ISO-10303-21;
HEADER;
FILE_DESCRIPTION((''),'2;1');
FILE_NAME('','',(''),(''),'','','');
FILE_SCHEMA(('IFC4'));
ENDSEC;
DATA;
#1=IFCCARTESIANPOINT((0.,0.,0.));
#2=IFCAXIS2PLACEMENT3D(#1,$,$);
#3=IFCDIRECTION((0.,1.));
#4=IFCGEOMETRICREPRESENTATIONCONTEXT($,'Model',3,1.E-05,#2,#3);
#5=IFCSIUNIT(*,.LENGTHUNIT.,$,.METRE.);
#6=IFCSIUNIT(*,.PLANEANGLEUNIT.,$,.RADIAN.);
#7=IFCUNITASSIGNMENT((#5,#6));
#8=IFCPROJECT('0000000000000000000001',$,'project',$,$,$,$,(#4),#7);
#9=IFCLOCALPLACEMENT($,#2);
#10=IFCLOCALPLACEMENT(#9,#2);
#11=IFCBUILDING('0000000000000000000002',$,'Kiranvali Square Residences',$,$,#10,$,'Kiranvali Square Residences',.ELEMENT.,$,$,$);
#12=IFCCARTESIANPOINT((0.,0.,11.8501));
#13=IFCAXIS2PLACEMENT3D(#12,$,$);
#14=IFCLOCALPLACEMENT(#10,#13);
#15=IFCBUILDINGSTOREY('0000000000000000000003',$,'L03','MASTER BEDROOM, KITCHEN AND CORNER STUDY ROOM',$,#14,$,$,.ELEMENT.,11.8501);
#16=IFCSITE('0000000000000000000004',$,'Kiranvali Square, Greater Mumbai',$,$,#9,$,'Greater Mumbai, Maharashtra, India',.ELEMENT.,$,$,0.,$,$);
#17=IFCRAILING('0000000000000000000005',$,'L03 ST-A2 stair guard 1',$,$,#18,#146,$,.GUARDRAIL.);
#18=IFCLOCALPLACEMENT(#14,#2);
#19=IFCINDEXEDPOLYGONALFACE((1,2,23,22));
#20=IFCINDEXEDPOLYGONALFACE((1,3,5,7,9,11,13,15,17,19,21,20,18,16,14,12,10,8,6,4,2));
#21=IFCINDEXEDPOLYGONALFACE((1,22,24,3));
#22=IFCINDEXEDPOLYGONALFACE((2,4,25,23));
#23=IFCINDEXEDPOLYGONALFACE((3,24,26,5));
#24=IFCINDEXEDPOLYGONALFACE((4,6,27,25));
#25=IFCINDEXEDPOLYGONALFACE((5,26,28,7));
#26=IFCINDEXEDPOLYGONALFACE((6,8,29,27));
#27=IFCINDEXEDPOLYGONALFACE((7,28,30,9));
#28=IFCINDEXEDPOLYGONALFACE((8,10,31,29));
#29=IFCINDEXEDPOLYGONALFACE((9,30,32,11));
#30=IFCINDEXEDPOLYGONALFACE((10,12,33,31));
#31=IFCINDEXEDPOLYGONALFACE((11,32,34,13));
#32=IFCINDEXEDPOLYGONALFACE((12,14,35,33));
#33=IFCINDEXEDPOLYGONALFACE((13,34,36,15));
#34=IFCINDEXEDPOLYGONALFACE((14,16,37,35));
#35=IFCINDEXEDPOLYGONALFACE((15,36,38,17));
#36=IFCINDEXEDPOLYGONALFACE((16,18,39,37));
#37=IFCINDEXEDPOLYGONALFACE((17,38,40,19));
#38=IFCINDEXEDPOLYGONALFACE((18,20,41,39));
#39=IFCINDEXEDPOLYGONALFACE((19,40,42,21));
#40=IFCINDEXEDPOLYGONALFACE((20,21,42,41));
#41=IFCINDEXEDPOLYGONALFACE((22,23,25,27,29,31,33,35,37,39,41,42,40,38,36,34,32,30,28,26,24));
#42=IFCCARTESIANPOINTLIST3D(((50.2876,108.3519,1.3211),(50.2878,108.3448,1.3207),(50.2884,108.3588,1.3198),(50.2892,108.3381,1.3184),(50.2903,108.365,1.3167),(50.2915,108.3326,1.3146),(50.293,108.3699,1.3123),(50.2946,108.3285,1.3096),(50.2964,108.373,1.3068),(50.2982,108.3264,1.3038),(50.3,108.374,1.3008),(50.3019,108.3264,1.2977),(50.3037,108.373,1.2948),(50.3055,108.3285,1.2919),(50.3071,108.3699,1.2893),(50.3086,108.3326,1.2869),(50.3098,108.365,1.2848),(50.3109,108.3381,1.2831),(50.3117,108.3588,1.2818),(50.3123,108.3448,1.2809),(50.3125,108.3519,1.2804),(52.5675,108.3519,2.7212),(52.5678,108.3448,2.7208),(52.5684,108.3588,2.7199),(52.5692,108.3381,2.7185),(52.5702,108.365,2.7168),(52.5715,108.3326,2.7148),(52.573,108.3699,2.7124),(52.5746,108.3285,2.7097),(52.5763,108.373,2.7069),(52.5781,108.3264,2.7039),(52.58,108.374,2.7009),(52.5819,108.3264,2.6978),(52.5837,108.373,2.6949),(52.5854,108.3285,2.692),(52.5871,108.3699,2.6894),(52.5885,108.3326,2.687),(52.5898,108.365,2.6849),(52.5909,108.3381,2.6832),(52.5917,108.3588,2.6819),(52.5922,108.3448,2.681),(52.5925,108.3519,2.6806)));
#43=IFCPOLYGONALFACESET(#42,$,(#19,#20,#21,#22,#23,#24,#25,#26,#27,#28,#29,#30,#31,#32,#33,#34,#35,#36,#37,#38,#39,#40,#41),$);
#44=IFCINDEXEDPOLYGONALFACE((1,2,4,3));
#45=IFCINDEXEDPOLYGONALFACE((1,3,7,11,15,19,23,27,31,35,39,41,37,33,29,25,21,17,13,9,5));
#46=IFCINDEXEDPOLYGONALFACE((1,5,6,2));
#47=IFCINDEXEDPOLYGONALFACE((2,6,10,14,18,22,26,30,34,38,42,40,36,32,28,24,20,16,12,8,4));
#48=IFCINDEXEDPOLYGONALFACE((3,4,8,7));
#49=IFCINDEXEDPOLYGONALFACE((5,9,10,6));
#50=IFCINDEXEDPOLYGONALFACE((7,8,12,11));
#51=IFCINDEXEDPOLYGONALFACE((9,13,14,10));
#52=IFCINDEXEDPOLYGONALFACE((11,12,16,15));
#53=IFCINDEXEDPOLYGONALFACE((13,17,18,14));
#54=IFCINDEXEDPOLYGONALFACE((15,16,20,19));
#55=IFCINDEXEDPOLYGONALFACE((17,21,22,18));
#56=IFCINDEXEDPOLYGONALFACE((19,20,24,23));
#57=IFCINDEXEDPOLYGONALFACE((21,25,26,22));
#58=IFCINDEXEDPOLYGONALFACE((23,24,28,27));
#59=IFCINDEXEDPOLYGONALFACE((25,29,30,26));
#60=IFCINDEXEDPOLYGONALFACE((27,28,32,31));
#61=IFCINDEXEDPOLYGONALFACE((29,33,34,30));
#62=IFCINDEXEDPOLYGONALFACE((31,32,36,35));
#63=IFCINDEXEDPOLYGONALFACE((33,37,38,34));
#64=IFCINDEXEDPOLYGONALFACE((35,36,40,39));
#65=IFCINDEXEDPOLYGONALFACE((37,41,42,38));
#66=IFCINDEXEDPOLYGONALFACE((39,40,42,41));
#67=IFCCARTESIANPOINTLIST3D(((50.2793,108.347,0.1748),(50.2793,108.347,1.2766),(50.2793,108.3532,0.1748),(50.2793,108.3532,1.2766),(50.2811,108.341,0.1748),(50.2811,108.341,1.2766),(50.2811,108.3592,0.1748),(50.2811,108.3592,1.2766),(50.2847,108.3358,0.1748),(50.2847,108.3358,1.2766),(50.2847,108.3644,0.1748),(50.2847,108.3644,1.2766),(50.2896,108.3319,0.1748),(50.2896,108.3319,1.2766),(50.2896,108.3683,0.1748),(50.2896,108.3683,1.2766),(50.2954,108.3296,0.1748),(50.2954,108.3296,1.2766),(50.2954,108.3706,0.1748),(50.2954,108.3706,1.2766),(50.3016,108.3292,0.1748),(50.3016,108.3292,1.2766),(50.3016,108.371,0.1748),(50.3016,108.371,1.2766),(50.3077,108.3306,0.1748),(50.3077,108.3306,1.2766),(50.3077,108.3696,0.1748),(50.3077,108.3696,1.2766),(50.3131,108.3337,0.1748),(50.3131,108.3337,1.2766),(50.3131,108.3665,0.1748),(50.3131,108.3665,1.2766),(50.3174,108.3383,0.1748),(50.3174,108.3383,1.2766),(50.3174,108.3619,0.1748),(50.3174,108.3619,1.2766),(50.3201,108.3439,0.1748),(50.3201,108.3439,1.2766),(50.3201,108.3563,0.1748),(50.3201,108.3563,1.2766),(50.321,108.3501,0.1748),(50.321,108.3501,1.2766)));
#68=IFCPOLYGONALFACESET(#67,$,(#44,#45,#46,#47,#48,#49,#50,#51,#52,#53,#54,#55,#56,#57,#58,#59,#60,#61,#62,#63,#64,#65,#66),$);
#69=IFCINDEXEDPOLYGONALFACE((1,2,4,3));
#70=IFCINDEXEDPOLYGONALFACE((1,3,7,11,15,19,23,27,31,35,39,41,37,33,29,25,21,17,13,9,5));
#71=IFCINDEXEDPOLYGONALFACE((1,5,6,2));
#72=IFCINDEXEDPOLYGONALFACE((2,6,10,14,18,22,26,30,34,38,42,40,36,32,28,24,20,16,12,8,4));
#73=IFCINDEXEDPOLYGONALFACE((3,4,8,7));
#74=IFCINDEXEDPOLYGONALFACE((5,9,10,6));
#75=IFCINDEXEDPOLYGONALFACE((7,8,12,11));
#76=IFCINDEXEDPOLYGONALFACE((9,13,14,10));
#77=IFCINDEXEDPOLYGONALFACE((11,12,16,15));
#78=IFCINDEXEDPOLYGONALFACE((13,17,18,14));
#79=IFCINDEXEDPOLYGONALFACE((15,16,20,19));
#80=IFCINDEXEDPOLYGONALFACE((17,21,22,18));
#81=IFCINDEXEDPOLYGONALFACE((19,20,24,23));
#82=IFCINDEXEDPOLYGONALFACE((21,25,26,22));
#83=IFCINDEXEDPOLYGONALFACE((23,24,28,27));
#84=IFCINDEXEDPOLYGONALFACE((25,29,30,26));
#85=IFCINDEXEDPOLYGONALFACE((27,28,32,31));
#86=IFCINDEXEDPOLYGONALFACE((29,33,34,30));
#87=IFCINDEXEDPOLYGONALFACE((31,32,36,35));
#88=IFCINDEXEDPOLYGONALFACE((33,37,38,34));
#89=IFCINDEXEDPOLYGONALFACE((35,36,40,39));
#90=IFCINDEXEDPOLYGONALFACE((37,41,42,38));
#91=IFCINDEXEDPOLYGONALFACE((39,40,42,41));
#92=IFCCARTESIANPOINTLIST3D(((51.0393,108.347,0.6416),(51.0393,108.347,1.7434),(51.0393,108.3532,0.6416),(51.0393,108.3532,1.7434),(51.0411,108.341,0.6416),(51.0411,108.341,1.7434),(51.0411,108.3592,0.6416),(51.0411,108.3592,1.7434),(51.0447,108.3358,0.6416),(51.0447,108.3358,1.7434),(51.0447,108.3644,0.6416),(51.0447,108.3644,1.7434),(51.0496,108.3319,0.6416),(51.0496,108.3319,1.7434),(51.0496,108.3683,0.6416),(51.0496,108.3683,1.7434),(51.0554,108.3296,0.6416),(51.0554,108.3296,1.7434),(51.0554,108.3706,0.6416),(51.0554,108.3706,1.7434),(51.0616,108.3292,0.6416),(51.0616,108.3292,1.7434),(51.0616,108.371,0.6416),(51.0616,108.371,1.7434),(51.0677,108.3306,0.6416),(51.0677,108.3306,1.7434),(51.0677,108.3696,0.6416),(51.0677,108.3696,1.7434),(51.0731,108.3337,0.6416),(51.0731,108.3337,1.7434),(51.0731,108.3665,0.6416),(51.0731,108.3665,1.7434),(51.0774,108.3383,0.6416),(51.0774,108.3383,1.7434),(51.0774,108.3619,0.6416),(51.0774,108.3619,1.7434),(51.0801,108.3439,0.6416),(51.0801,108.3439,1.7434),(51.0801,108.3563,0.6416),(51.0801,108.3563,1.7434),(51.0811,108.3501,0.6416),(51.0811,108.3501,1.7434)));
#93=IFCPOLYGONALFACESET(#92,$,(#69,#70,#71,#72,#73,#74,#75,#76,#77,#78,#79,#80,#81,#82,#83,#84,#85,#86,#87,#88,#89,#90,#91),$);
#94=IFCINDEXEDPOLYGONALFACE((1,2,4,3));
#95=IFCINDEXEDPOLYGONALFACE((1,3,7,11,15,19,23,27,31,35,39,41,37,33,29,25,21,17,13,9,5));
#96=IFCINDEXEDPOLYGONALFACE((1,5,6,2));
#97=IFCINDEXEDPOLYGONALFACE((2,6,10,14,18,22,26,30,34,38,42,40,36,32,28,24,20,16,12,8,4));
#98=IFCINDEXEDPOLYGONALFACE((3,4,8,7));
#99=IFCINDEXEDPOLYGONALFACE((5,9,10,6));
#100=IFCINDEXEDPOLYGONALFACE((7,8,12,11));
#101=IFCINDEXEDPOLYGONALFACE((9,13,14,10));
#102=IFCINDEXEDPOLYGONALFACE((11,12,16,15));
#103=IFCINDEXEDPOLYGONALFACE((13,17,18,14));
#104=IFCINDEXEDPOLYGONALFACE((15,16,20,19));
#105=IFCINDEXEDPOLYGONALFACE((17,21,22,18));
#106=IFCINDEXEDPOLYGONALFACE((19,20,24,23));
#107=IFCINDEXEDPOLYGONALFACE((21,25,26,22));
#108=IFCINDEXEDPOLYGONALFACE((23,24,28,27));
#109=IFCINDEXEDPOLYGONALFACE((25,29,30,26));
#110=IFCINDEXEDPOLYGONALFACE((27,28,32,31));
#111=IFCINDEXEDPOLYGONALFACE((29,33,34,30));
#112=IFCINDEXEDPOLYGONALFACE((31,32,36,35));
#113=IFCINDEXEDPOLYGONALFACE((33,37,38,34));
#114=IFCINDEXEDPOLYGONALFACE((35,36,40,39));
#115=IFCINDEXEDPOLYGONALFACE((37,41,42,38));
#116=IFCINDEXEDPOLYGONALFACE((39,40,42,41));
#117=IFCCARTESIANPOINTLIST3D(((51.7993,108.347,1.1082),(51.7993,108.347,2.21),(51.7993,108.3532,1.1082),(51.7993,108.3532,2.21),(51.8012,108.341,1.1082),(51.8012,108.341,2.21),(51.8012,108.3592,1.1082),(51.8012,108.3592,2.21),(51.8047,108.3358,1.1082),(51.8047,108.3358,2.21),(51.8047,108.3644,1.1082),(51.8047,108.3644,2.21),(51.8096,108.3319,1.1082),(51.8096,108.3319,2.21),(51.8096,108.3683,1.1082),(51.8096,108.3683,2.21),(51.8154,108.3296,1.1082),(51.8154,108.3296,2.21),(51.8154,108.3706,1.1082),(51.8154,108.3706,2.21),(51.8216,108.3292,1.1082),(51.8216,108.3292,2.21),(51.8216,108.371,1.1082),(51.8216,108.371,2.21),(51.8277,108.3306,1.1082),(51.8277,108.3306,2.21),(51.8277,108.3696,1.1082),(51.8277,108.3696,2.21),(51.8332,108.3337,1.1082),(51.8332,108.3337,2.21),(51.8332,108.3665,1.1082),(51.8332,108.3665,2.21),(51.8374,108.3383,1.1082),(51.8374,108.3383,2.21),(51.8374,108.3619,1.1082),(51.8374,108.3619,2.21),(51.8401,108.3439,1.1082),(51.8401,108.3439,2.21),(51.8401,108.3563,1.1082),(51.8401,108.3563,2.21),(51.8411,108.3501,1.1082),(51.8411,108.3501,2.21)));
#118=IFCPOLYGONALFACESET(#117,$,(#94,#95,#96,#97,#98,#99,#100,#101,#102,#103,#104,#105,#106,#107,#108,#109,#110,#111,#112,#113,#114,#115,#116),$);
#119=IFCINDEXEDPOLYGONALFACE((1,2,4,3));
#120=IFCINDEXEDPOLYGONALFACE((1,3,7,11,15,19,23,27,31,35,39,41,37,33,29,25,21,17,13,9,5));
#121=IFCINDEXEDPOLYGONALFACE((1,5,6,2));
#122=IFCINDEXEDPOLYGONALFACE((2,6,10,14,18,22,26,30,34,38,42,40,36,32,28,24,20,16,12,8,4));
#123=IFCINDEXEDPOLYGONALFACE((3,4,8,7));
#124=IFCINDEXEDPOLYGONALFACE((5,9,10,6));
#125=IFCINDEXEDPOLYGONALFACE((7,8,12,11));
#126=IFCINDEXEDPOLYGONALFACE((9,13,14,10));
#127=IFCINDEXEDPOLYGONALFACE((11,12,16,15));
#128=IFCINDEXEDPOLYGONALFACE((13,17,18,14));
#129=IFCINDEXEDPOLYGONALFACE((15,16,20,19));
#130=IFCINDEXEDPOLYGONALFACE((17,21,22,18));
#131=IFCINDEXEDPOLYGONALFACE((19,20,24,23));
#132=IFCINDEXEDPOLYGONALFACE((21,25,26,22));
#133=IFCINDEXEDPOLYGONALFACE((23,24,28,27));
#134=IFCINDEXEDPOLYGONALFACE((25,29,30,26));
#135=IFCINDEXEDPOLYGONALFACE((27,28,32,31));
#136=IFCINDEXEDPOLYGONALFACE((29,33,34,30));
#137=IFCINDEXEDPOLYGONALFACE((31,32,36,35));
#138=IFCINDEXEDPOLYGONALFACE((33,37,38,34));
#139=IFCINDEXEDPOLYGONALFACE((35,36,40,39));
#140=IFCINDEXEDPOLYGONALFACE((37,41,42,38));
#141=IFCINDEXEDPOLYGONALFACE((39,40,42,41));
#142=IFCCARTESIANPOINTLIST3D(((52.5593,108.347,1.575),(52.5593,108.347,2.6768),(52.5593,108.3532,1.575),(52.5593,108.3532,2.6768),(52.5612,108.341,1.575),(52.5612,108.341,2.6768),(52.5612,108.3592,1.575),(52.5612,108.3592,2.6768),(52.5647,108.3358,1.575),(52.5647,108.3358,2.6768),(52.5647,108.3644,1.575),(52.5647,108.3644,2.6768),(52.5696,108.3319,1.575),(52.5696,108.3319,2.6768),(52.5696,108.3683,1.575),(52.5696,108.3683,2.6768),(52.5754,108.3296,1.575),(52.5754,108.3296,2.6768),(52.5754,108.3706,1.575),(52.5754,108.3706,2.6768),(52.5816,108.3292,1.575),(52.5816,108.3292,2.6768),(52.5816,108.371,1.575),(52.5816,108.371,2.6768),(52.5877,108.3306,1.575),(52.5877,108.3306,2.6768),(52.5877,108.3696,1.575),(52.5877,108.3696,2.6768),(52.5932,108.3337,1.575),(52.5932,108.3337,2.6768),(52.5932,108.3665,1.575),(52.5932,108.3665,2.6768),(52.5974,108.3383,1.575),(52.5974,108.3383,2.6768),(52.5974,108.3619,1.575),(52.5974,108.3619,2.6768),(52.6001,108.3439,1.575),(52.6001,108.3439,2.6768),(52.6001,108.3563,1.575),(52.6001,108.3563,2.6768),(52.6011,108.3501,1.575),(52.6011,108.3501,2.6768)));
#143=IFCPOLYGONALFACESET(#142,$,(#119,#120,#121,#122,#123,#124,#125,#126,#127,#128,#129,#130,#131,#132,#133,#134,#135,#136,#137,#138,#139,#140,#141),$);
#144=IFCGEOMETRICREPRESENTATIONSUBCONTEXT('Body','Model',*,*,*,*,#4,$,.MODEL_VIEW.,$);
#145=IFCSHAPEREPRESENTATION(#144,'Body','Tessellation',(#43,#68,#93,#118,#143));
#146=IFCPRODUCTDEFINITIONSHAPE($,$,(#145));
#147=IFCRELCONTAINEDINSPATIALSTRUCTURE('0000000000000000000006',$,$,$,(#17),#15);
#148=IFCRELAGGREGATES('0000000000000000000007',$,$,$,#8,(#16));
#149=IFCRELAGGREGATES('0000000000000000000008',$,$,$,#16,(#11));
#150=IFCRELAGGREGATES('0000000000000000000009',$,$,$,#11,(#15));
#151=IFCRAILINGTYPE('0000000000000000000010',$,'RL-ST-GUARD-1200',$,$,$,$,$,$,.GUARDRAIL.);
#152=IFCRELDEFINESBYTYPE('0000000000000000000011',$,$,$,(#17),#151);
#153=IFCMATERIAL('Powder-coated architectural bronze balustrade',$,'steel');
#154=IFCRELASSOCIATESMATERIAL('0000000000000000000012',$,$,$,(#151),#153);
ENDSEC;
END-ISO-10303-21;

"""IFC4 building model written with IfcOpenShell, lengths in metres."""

from ifc_helpers import new_model, si_unit, direction, frame, origin, origin_2d, place, context, subcontext, project, spatial, circle, extrude, material, type_object, element, save


model = new_model("IFC4")

# Units and contexts
model_context = context("Model", 3, precision=1e-05, world=origin(), true_north=direction((0.0, 1.0)))
body_context = subcontext(model_context, "Body", "Model", "MODEL_VIEW")
ifc_project = project(units=[si_unit("LENGTHUNIT", "METRE"), si_unit("PLANEANGLEUNIT", "RADIAN")], contexts=[model_context])

# Site, building, storey
site_placement = place(None, origin())
site = spatial("IfcSite", under=ifc_project, at=site_placement, Name="Kiranvali Square, Greater Mumbai", LongName="Greater Mumbai, Maharashtra, India", CompositionType="ELEMENT", RefElevation=0.0)
building_placement = place(site_placement, origin())
building = spatial("IfcBuilding", under=site, at=building_placement, Name="Kiranvali Square Residences", LongName="Kiranvali Square Residences", CompositionType="ELEMENT")
storey_placement = place(building_placement, frame((0.0, 0.0, 11.8501)))
storey = spatial("IfcBuildingStorey", under=building, at=storey_placement, Name="L03", Description="MASTER BEDROOM, KITCHEN AND CORNER STUDY ROOM", CompositionType="ELEMENT", Elevation=11.8501)

# Railing
ifc_material_1 = material(Name="Powder-coated architectural bronze balustrade", Category="steel")
railing_type_1 = type_object("IfcRailingType", Name="RL-ST-GUARD-1200", PredefinedType="GUARDRAIL", material=ifc_material_1)
railing_1_placement = place(storey_placement, frame((50.3, 108.3501, 0.1748)))
element("IfcRailing", 1, at=railing_1_placement, inside=storey, type_object=railing_type_1, Name="L03 ST-A2 stair guard 1", PredefinedType="GUARDRAIL", context=body_context, shape_type="SweptSolid", body=[
    extrude(circle(Radius=0.0239, at=origin_2d()), frame((0.0, 0.0, 1.126), z_axis=(0.85215, 0.0, 0.523298), x_axis=(0.0, 1.0, 0.0)), (0.0, 0.0, 1.0), 2.6755),
    extrude(circle(Radius=0.021, at=origin_2d()), origin(), (0.0, 0.0, 1.0), 1.1018),
    extrude(circle(Radius=0.021, at=origin_2d()), frame((0.76, 0.0, 0.4668)), (0.0, 0.0, 1.0), 1.1018),
    extrude(circle(Radius=0.021, at=origin_2d()), frame((1.52, 0.0, 0.9333)), (0.0, 0.0, 1.0), 1.1018),
    extrude(circle(Radius=0.021, at=origin_2d()), frame((2.28, 0.0, 1.4001)), (0.0, 0.0, 1.0), 1.1018),
])

save(model, "model.ifc")
